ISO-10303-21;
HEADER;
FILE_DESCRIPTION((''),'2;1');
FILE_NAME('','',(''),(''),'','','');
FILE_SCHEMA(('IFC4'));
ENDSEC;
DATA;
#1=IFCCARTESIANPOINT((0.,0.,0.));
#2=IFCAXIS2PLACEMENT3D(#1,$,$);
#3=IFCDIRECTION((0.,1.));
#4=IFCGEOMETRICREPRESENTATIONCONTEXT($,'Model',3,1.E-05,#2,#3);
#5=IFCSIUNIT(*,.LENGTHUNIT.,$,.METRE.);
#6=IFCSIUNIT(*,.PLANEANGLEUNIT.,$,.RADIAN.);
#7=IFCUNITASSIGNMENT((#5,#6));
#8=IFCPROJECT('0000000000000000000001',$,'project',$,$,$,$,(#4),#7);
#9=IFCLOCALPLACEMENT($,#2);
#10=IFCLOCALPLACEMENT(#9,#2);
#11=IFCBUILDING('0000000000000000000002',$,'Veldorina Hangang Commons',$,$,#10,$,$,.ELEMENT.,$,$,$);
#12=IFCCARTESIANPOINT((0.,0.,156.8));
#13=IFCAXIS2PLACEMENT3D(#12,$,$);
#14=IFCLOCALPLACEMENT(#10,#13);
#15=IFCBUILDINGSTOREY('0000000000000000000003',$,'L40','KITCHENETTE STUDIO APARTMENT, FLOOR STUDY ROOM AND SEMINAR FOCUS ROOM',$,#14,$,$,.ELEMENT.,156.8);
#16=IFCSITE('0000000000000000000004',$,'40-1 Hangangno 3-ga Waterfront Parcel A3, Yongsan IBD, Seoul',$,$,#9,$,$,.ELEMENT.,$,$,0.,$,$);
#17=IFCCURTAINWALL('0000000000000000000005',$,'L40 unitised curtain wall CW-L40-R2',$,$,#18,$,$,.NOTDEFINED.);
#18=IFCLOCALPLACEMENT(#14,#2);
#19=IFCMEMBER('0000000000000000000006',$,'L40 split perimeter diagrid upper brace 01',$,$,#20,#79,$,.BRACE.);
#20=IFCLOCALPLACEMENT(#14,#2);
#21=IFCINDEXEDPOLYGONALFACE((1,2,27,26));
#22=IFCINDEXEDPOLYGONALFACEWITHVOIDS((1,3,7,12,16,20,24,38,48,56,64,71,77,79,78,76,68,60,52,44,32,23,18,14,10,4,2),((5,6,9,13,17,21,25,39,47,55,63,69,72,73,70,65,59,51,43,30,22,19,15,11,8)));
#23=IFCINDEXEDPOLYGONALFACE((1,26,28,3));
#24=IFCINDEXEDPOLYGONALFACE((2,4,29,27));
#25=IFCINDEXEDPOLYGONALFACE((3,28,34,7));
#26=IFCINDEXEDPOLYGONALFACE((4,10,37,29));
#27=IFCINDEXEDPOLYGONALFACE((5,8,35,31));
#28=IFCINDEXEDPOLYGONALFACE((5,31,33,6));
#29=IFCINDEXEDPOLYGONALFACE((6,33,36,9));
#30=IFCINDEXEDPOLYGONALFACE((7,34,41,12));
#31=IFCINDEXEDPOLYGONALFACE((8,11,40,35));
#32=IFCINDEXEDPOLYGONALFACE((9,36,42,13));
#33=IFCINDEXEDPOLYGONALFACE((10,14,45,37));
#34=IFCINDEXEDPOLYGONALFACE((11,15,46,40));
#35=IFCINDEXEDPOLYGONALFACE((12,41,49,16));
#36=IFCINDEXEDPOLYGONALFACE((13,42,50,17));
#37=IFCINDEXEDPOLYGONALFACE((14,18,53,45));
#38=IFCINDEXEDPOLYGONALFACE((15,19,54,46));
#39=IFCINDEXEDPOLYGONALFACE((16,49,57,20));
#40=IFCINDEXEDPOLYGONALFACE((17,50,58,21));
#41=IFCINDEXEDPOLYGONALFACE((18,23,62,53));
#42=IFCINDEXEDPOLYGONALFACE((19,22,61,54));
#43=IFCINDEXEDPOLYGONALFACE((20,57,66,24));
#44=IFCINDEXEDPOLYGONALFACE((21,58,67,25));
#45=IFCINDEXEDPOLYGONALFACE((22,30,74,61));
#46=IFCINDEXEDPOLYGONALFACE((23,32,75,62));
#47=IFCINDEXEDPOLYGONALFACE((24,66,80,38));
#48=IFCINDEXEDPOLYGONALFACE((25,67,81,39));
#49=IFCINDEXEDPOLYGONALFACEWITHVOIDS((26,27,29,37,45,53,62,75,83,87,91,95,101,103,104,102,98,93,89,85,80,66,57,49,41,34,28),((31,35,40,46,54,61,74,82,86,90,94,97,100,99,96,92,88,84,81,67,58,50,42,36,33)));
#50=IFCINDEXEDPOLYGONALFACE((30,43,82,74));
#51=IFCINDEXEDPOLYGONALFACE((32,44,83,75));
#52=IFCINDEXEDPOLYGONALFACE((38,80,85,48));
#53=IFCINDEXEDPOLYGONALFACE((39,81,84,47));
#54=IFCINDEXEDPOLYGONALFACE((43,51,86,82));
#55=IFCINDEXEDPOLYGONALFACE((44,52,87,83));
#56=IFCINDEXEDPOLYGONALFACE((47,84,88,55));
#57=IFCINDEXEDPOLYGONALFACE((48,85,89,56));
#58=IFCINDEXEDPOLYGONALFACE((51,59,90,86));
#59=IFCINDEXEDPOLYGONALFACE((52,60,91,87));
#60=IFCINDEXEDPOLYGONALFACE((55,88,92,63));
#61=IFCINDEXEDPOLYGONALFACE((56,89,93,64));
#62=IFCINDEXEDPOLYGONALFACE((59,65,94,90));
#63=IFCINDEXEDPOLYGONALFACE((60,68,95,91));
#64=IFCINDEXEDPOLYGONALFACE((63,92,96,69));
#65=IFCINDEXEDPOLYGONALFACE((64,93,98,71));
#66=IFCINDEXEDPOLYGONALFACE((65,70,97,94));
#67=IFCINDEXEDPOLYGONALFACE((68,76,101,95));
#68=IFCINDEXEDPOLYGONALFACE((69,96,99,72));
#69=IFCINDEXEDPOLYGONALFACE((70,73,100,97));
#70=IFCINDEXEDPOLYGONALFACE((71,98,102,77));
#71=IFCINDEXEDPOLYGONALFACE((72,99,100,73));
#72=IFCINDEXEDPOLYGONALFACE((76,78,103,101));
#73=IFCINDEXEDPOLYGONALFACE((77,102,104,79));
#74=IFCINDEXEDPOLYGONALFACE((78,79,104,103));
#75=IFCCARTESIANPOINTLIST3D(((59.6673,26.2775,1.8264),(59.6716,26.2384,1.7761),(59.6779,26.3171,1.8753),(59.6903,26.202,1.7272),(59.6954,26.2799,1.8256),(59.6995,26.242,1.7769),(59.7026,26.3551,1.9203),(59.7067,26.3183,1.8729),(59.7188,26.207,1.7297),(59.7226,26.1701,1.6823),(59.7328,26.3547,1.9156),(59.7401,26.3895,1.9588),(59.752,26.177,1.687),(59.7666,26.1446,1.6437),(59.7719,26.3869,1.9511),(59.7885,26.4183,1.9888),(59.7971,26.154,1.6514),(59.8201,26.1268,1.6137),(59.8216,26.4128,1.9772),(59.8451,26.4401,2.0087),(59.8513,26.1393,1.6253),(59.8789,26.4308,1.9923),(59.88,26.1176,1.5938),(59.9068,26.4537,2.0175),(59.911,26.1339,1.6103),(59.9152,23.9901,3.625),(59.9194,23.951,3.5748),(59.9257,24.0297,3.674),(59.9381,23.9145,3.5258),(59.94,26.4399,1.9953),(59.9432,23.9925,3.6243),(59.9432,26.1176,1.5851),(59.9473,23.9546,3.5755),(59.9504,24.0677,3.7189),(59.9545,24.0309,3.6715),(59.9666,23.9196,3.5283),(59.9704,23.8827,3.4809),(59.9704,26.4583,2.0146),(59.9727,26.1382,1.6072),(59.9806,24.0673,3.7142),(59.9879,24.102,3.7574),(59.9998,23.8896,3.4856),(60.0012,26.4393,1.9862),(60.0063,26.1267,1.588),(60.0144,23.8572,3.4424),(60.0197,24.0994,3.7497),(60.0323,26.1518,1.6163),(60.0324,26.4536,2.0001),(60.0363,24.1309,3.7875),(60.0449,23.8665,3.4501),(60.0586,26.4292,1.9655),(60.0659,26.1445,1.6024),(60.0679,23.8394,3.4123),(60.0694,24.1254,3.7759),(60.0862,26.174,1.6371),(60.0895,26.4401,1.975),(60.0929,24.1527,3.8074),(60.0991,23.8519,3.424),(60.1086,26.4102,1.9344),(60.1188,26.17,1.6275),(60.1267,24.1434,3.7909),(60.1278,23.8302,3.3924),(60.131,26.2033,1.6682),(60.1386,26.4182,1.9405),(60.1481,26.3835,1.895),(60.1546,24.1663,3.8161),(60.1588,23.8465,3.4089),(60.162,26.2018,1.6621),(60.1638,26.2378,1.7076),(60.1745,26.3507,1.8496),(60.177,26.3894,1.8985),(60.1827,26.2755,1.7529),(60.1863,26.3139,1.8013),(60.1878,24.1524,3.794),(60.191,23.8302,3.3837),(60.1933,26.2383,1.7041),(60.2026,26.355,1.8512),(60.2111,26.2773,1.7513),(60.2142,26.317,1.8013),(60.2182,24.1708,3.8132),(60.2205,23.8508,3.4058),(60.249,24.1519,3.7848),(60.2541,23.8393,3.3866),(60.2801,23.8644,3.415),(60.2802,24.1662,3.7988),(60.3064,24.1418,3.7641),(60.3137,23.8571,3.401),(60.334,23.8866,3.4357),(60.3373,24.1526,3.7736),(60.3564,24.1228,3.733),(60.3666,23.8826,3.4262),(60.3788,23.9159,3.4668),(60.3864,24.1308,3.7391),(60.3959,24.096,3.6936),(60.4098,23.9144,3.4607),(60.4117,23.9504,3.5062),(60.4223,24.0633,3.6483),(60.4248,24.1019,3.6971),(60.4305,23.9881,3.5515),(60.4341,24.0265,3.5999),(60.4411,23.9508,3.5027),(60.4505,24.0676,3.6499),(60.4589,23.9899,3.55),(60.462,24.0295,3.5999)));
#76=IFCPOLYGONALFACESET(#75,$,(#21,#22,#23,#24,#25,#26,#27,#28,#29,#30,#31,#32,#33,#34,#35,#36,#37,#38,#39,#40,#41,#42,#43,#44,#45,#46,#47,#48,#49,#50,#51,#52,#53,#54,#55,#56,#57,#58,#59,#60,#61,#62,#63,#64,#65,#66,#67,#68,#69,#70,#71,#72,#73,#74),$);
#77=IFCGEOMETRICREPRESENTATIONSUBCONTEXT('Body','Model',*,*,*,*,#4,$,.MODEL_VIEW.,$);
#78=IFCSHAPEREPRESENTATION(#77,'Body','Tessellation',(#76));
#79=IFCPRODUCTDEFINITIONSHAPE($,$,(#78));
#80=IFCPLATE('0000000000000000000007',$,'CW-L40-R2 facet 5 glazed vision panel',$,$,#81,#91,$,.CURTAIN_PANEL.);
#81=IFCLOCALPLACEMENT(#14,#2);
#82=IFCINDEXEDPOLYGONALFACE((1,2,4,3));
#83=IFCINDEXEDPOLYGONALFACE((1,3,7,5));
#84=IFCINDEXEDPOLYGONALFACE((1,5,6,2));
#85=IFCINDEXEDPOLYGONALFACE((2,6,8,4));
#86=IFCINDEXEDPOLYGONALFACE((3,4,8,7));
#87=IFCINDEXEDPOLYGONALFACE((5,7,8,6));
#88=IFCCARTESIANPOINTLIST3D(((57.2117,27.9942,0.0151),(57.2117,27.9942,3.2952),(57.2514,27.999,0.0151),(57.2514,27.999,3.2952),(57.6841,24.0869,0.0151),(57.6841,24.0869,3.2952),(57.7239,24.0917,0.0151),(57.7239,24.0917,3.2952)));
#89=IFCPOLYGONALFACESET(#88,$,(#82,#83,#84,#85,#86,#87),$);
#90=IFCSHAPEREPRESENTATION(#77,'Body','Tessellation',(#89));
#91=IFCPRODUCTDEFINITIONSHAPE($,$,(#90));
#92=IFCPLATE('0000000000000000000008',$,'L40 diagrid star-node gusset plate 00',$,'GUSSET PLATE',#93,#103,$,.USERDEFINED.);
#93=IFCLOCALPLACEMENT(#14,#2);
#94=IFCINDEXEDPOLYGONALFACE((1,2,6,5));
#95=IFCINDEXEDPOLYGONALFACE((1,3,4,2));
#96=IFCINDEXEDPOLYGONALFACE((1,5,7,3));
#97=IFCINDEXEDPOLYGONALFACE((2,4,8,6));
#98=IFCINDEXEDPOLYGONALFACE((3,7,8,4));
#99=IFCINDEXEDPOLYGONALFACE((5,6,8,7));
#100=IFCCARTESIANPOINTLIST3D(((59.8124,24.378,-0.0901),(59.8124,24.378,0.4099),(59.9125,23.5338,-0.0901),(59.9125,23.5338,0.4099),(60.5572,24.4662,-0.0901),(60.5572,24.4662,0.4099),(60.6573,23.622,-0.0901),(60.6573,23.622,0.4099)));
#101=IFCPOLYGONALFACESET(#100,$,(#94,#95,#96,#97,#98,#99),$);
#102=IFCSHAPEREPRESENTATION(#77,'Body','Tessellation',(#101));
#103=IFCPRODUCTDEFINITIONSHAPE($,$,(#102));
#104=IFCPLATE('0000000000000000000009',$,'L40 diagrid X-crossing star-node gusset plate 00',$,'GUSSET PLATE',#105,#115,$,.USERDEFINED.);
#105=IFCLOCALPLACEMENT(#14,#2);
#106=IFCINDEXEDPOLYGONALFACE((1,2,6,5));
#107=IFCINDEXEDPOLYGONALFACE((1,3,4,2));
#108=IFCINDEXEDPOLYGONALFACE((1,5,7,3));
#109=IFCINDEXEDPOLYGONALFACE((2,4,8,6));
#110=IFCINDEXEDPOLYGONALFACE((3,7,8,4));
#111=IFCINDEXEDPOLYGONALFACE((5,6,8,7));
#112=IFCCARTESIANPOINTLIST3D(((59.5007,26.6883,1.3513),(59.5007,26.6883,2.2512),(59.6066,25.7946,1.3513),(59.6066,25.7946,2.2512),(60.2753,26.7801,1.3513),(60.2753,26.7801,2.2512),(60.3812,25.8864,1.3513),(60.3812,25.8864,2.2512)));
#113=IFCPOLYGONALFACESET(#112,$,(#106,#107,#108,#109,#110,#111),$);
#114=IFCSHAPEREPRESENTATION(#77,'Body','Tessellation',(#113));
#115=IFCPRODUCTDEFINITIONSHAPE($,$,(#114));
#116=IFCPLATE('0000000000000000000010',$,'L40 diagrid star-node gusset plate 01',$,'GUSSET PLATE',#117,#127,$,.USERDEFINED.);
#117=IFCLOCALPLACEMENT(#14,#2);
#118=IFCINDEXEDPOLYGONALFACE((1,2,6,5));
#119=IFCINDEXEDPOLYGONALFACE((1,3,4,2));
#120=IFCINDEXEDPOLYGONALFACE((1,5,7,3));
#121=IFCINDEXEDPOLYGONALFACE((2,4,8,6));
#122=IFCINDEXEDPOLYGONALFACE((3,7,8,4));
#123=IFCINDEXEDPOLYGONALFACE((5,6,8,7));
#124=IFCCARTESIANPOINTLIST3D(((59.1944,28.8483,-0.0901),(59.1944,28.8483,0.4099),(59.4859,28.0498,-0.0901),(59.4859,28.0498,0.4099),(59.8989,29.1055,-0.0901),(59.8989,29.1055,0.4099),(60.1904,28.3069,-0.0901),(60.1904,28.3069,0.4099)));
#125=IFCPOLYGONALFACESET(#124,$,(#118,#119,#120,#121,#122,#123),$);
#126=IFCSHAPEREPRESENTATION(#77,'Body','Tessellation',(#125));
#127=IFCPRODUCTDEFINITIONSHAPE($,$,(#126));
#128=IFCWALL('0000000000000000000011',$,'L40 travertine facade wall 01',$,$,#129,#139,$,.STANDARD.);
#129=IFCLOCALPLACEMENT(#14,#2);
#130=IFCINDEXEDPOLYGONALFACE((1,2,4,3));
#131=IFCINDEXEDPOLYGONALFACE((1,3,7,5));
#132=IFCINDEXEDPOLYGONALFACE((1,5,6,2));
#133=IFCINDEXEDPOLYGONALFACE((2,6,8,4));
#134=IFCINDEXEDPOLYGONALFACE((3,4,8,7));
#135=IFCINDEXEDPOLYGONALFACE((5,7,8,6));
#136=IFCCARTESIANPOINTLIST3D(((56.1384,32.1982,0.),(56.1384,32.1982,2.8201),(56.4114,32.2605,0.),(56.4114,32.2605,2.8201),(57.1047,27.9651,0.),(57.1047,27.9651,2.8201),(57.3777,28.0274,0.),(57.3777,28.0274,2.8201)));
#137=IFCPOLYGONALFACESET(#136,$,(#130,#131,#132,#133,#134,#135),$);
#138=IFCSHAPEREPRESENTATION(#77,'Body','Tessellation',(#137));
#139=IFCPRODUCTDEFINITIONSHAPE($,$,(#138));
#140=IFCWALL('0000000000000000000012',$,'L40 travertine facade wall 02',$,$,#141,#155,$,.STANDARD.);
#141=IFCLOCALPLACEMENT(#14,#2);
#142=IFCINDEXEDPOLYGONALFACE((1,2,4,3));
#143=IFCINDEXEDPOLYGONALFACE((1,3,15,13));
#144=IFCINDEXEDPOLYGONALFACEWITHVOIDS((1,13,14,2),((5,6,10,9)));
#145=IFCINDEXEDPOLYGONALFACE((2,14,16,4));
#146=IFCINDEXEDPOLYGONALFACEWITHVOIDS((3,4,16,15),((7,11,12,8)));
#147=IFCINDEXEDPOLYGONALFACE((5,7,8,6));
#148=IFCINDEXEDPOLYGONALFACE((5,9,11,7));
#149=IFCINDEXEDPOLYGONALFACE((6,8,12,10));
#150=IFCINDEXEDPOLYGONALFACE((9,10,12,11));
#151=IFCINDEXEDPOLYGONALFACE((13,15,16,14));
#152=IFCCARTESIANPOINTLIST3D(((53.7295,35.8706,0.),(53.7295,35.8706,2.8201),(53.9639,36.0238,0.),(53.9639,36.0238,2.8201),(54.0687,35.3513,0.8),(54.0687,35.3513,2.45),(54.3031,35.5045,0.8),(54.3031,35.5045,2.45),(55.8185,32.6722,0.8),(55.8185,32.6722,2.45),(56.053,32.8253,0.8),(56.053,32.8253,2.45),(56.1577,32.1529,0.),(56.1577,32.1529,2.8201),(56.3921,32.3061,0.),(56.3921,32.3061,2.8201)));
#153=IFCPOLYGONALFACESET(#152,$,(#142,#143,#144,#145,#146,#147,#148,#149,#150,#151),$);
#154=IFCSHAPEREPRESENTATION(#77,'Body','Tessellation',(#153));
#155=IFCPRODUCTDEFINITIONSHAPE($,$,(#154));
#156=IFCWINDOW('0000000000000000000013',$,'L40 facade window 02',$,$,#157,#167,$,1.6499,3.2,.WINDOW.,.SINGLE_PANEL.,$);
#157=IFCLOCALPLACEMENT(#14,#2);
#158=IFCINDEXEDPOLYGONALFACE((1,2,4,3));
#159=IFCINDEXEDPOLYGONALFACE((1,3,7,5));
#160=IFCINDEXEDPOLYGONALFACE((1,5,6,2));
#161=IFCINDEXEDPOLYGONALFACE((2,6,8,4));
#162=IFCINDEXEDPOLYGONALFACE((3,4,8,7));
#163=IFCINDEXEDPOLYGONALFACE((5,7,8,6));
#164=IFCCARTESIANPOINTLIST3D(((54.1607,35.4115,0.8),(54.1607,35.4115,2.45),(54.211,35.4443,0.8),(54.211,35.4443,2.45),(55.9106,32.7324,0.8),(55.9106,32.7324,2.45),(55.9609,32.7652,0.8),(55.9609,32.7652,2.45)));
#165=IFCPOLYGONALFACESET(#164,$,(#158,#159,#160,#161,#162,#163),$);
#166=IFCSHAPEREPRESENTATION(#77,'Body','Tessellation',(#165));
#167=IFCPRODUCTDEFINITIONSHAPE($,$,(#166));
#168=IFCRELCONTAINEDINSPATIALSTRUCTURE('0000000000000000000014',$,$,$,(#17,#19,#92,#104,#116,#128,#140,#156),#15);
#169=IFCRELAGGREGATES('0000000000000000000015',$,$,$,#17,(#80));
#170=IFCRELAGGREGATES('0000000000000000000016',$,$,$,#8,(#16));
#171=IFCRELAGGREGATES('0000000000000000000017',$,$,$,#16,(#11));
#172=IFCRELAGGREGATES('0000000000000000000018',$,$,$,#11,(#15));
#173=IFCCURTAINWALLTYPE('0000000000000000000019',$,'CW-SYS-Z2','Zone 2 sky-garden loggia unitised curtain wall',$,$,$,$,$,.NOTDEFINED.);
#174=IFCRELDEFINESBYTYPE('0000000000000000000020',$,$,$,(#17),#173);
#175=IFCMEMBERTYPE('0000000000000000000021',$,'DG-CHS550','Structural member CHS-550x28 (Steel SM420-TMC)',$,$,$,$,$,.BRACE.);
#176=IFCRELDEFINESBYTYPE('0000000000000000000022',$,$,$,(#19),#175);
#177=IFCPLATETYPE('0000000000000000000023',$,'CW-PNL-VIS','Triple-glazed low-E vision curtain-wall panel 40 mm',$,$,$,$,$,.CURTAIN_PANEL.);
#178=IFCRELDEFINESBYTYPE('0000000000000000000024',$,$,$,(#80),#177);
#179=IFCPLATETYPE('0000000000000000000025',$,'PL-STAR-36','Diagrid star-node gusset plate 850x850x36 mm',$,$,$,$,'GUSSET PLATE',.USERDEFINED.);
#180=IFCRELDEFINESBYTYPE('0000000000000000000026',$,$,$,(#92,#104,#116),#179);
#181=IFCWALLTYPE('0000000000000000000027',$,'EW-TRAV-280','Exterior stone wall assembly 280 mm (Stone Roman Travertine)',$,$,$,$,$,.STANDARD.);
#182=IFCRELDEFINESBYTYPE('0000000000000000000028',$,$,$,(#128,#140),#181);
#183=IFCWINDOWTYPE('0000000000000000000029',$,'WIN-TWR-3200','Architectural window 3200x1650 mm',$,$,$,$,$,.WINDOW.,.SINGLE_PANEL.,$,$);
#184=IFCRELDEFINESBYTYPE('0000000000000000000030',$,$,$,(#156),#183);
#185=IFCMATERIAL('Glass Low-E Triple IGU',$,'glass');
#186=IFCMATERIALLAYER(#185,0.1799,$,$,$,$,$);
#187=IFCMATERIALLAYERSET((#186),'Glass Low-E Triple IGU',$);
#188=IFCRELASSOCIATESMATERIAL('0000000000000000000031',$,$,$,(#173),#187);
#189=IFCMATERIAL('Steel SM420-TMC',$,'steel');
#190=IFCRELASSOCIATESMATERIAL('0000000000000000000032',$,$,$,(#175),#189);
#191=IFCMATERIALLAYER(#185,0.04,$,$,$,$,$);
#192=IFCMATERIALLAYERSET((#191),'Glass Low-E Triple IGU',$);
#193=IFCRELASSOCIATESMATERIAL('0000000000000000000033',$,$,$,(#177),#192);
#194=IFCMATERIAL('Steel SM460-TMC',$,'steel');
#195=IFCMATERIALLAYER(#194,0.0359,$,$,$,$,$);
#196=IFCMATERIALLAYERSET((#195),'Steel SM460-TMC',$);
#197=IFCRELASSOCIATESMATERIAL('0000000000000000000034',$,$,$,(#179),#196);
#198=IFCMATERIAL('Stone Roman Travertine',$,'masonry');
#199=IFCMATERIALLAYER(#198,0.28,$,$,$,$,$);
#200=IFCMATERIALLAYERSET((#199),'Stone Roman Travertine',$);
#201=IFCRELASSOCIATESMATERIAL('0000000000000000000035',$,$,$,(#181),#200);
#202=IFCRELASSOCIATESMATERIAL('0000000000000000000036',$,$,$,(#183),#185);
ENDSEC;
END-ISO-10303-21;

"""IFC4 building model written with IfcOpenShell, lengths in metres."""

from ifc_helpers import new_model, si_unit, direction, frame, frame_2d, origin, origin_2d, place, context, subcontext, project, spatial, rectangle, hollow_circle, extrude, material, layer, layer_set, material_profile, profile_set, type_object, element, fill, aggregate, save


model = new_model("IFC4")

# Units and contexts
model_context = context("Model", 3, precision=1e-05, world=origin(), true_north=direction((0.0, 1.0)))
body_context = subcontext(model_context, "Body", "Model", "MODEL_VIEW")
ifc_project = project(units=[si_unit("LENGTHUNIT", "METRE"), si_unit("PLANEANGLEUNIT", "RADIAN")], contexts=[model_context])

# Site, building, storey
site_placement = place(None, origin())
site = spatial("IfcSite", under=ifc_project, at=site_placement, Name="40-1 Hangangno 3-ga Waterfront Parcel A3, Yongsan IBD, Seoul", CompositionType="ELEMENT", RefElevation=0.0)
building_placement = place(site_placement, origin())
building = spatial("IfcBuilding", under=site, at=building_placement, Name="Veldorina Hangang Commons", CompositionType="ELEMENT")
storey_placement = place(building_placement, frame((0.0, 0.0, 156.8)))
storey = spatial("IfcBuildingStorey", under=building, at=storey_placement, Name="L40", Description="KITCHENETTE STUDIO APARTMENT, FLOOR STUDY ROOM AND SEMINAR FOCUS ROOM", CompositionType="ELEMENT", Elevation=156.8)

# Shared definitions
ifc_material_1 = material(Name="Steel SM420-TMC", Category="steel")

# Curtain wall
ifc_material_2 = material(Name="Glass Low-E Triple IGU", Category="glass")
ifc_layer_1 = layer(ifc_material_2, 0.1799)
ifc_layer_set_1 = layer_set([ifc_layer_1], Name="Glass Low-E Triple IGU")
curtain_wall_type = type_object("IfcCurtainWallType", Name="CW-SYS-Z2", Description="Zone 2 sky-garden loggia unitised curtain wall", PredefinedType="NOTDEFINED", material=ifc_layer_set_1)
curtain_wall_placement = place(storey_placement, origin())
curtain_wall = element("IfcCurtainWall", 1, at=curtain_wall_placement, inside=storey, type_object=curtain_wall_type, Name="L40 unitised curtain wall CW-L40-R2", PredefinedType="NOTDEFINED")

# Member
ifc_material_profile_1 = material_profile(ifc_material_1, hollow_circle(Radius=0.2749, WallThickness=0.0281, at=origin_2d()), Name="CHS-550x28")
ifc_profile_set_1 = profile_set([ifc_material_profile_1], Name="Steel SM420-TMC")
member_type_1 = type_object("IfcMemberType", Name="DG-CHS550", Description="Structural member CHS-550x28 (Steel SM420-TMC)", PredefinedType="BRACE", material=ifc_profile_set_1)
member_1_placement = place(storey_placement, frame((59.9409, 26.2874, 1.8013), z_axis=(0.084855, -0.783253, 0.615885), x_axis=(0.994183, 0.107706, 0.0)))
element("IfcMember", 2, at=member_1_placement, inside=storey, type_object=member_type_1, Name="L40 split perimeter diagrid upper brace 01", PredefinedType="BRACE", context=body_context, shape_type="SweptSolid", body=[
    extrude(hollow_circle(Radius=0.2749, WallThickness=0.0281, at=origin_2d()), origin(), (0.0, 0.0, 1.0), 2.9204),
])

# Plate
ifc_layer_2 = layer(ifc_material_2, 0.04)
ifc_layer_set_2 = layer_set([ifc_layer_2], Name="Glass Low-E Triple IGU")
plate_type_1 = type_object("IfcPlateType", Name="CW-PNL-VIS", Description="Triple-glazed low-E vision curtain-wall panel 40 mm", PredefinedType="CURTAIN_PANEL", material=ifc_layer_set_2)
plate_1_placement = place(storey_placement, frame((57.4678, 26.043, 0.0151), z_axis=(0.0, 0.0, 1.0), x_axis=(-0.12005, 0.992768, 0.0)))
plate_1 = element("IfcPlate", 3, at=plate_1_placement, type_object=plate_type_1, Name="CW-L40-R2 facet 5 glazed vision panel", PredefinedType="CURTAIN_PANEL", context=body_context, shape_type="SweptSolid", body=[
    extrude(rectangle(XDim=3.9358, YDim=0.04, at=origin_2d()), origin(), (0.0, 0.0, 1.0), 3.28),
])
aggregate(curtain_wall, [plate_1])

# Plates
ifc_material_3 = material(Name="Steel SM460-TMC", Category="steel")
ifc_layer_3 = layer(ifc_material_3, 0.0359)
ifc_layer_set_3 = layer_set([ifc_layer_3], Name="Steel SM460-TMC")
plate_type_2 = type_object("IfcPlateType", Name="PL-STAR-36", Description="Diagrid star-node gusset plate 850x850x36 mm", ElementType="GUSSET PLATE", PredefinedType="USERDEFINED", material=ifc_layer_set_3)
plate_2_placement = place(storey_placement, frame((60.2349, 24.0, -0.0901), z_axis=(0.0, 0.0, 1.0), x_axis=(-0.117693, 0.99305, 0.0)))
element("IfcPlate", 4, at=plate_2_placement, inside=storey, type_object=plate_type_2, Name="L40 diagrid star-node gusset plate 00", ObjectType="GUSSET PLATE", PredefinedType="USERDEFINED", context=body_context, shape_type="SweptSolid", body=[
    extrude(rectangle(XDim=0.8501, YDim=0.75, at=origin_2d()), origin(), (0.0, 0.0, 1.0), 0.5),
])
plate_3_placement = place(storey_placement, frame((59.9409, 26.2874, 1.3513), z_axis=(0.0, 0.0, 1.0), x_axis=(-0.117693, 0.99305, 0.0)))
element("IfcPlate", 5, at=plate_3_placement, inside=storey, type_object=plate_type_2, Name="L40 diagrid X-crossing star-node gusset plate 00", ObjectType="GUSSET PLATE", PredefinedType="USERDEFINED", context=body_context, shape_type="SweptSolid", body=[
    extrude(rectangle(XDim=0.8999, YDim=0.78, at=origin_2d()), origin(), (0.0, 0.0, 1.0), 0.8999),
])
plate_4_placement = place(storey_placement, frame((59.6924, 28.5776, -0.0901), z_axis=(0.0, 0.0, 1.0), x_axis=(-0.342906, 0.93937, 0.0)))
element("IfcPlate", 6, at=plate_4_placement, inside=storey, type_object=plate_type_2, Name="L40 diagrid star-node gusset plate 01", ObjectType="GUSSET PLATE", PredefinedType="USERDEFINED", context=body_context, shape_type="SweptSolid", body=[
    extrude(rectangle(XDim=0.8501, YDim=0.75, at=origin_2d()), origin(), (0.0, 0.0, 1.0), 0.5),
])

# Wall
ifc_material_4 = material(Name="Stone Roman Travertine", Category="masonry")
ifc_layer_4 = layer(ifc_material_4, 0.28)
ifc_layer_set_4 = layer_set([ifc_layer_4], Name="Stone Roman Travertine")
wall_type_1 = type_object("IfcWallType", Name="EW-TRAV-280", Description="Exterior stone wall assembly 280 mm (Stone Roman Travertine)", PredefinedType="STANDARD", material=ifc_layer_set_4)
wall_1_placement = place(storey_placement, frame((57.2412, 27.9963, 0.0), z_axis=(0.0, 0.0, 1.0), x_axis=(-0.222547, 0.974922, 0.0)))
element("IfcWall", 7, at=wall_1_placement, inside=storey, type_object=wall_type_1, Name="L40 travertine facade wall 01", PredefinedType="STANDARD", context=body_context, shape_type="SweptSolid", body=[
    extrude(rectangle(XDim=4.342, YDim=0.28, at=frame_2d((2.1709, 0.0))), origin(), (0.0, 0.0, 1.0), 2.8201),
])

# Wall, opening, window
wall_2_placement = place(storey_placement, frame((56.2749, 32.2295, 0.0), z_axis=(0.0, 0.0, 1.0), x_axis=(-0.546835, 0.837241, 0.0)))
wall_2 = element("IfcWall", 8, at=wall_2_placement, inside=storey, type_object=wall_type_1, Name="L40 travertine facade wall 02", PredefinedType="STANDARD", context=body_context, shape_type="SweptSolid", body=[
    extrude(rectangle(XDim=4.4404, YDim=0.28, at=frame_2d((2.2202, 0.0))), origin(), (0.0, 0.0, 1.0), 2.8201),
])
opening_1_placement = place(wall_2_placement, frame((0.6201, 0.0, 0.8)))
opening_1 = element("IfcOpeningElement", 9, at=opening_1_placement, cuts=wall_2, PredefinedType="OPENING", context=body_context, shape_type="SweptSolid", body=[
    extrude(rectangle(XDim=3.2, YDim=1.6499, at=frame_2d((1.6001, 0.825))), frame((0.0, 0.1499, 0.0), z_axis=(0.0, -1.0, 0.0), x_axis=(1.0, 0.0, 0.0)), (0.0, 0.0, 1.0), 0.3),
])
window_type = type_object("IfcWindowType", Name="WIN-TWR-3200", Description="Architectural window 3200x1650 mm", PartitioningType="SINGLE_PANEL", PredefinedType="WINDOW", material=ifc_material_2)
window_placement = place(opening_1_placement, origin())
window = element("IfcWindow", 10, at=window_placement, inside=storey, type_object=window_type, Name="L40 facade window 02", OverallHeight=1.6499, OverallWidth=3.2, PartitioningType="SINGLE_PANEL", PredefinedType="WINDOW", context=body_context, shape_type="SweptSolid", body=[
    extrude(rectangle(XDim=3.2, YDim=1.6499, at=frame_2d((1.6001, 0.825))), frame((0.0, 0.03, 0.0), z_axis=(0.0, -1.0, 0.0), x_axis=(1.0, 0.0, 0.0)), (0.0, 0.0, 1.0), 0.0601),
])
fill(opening_1, window)

save(model, "model.ifc")
